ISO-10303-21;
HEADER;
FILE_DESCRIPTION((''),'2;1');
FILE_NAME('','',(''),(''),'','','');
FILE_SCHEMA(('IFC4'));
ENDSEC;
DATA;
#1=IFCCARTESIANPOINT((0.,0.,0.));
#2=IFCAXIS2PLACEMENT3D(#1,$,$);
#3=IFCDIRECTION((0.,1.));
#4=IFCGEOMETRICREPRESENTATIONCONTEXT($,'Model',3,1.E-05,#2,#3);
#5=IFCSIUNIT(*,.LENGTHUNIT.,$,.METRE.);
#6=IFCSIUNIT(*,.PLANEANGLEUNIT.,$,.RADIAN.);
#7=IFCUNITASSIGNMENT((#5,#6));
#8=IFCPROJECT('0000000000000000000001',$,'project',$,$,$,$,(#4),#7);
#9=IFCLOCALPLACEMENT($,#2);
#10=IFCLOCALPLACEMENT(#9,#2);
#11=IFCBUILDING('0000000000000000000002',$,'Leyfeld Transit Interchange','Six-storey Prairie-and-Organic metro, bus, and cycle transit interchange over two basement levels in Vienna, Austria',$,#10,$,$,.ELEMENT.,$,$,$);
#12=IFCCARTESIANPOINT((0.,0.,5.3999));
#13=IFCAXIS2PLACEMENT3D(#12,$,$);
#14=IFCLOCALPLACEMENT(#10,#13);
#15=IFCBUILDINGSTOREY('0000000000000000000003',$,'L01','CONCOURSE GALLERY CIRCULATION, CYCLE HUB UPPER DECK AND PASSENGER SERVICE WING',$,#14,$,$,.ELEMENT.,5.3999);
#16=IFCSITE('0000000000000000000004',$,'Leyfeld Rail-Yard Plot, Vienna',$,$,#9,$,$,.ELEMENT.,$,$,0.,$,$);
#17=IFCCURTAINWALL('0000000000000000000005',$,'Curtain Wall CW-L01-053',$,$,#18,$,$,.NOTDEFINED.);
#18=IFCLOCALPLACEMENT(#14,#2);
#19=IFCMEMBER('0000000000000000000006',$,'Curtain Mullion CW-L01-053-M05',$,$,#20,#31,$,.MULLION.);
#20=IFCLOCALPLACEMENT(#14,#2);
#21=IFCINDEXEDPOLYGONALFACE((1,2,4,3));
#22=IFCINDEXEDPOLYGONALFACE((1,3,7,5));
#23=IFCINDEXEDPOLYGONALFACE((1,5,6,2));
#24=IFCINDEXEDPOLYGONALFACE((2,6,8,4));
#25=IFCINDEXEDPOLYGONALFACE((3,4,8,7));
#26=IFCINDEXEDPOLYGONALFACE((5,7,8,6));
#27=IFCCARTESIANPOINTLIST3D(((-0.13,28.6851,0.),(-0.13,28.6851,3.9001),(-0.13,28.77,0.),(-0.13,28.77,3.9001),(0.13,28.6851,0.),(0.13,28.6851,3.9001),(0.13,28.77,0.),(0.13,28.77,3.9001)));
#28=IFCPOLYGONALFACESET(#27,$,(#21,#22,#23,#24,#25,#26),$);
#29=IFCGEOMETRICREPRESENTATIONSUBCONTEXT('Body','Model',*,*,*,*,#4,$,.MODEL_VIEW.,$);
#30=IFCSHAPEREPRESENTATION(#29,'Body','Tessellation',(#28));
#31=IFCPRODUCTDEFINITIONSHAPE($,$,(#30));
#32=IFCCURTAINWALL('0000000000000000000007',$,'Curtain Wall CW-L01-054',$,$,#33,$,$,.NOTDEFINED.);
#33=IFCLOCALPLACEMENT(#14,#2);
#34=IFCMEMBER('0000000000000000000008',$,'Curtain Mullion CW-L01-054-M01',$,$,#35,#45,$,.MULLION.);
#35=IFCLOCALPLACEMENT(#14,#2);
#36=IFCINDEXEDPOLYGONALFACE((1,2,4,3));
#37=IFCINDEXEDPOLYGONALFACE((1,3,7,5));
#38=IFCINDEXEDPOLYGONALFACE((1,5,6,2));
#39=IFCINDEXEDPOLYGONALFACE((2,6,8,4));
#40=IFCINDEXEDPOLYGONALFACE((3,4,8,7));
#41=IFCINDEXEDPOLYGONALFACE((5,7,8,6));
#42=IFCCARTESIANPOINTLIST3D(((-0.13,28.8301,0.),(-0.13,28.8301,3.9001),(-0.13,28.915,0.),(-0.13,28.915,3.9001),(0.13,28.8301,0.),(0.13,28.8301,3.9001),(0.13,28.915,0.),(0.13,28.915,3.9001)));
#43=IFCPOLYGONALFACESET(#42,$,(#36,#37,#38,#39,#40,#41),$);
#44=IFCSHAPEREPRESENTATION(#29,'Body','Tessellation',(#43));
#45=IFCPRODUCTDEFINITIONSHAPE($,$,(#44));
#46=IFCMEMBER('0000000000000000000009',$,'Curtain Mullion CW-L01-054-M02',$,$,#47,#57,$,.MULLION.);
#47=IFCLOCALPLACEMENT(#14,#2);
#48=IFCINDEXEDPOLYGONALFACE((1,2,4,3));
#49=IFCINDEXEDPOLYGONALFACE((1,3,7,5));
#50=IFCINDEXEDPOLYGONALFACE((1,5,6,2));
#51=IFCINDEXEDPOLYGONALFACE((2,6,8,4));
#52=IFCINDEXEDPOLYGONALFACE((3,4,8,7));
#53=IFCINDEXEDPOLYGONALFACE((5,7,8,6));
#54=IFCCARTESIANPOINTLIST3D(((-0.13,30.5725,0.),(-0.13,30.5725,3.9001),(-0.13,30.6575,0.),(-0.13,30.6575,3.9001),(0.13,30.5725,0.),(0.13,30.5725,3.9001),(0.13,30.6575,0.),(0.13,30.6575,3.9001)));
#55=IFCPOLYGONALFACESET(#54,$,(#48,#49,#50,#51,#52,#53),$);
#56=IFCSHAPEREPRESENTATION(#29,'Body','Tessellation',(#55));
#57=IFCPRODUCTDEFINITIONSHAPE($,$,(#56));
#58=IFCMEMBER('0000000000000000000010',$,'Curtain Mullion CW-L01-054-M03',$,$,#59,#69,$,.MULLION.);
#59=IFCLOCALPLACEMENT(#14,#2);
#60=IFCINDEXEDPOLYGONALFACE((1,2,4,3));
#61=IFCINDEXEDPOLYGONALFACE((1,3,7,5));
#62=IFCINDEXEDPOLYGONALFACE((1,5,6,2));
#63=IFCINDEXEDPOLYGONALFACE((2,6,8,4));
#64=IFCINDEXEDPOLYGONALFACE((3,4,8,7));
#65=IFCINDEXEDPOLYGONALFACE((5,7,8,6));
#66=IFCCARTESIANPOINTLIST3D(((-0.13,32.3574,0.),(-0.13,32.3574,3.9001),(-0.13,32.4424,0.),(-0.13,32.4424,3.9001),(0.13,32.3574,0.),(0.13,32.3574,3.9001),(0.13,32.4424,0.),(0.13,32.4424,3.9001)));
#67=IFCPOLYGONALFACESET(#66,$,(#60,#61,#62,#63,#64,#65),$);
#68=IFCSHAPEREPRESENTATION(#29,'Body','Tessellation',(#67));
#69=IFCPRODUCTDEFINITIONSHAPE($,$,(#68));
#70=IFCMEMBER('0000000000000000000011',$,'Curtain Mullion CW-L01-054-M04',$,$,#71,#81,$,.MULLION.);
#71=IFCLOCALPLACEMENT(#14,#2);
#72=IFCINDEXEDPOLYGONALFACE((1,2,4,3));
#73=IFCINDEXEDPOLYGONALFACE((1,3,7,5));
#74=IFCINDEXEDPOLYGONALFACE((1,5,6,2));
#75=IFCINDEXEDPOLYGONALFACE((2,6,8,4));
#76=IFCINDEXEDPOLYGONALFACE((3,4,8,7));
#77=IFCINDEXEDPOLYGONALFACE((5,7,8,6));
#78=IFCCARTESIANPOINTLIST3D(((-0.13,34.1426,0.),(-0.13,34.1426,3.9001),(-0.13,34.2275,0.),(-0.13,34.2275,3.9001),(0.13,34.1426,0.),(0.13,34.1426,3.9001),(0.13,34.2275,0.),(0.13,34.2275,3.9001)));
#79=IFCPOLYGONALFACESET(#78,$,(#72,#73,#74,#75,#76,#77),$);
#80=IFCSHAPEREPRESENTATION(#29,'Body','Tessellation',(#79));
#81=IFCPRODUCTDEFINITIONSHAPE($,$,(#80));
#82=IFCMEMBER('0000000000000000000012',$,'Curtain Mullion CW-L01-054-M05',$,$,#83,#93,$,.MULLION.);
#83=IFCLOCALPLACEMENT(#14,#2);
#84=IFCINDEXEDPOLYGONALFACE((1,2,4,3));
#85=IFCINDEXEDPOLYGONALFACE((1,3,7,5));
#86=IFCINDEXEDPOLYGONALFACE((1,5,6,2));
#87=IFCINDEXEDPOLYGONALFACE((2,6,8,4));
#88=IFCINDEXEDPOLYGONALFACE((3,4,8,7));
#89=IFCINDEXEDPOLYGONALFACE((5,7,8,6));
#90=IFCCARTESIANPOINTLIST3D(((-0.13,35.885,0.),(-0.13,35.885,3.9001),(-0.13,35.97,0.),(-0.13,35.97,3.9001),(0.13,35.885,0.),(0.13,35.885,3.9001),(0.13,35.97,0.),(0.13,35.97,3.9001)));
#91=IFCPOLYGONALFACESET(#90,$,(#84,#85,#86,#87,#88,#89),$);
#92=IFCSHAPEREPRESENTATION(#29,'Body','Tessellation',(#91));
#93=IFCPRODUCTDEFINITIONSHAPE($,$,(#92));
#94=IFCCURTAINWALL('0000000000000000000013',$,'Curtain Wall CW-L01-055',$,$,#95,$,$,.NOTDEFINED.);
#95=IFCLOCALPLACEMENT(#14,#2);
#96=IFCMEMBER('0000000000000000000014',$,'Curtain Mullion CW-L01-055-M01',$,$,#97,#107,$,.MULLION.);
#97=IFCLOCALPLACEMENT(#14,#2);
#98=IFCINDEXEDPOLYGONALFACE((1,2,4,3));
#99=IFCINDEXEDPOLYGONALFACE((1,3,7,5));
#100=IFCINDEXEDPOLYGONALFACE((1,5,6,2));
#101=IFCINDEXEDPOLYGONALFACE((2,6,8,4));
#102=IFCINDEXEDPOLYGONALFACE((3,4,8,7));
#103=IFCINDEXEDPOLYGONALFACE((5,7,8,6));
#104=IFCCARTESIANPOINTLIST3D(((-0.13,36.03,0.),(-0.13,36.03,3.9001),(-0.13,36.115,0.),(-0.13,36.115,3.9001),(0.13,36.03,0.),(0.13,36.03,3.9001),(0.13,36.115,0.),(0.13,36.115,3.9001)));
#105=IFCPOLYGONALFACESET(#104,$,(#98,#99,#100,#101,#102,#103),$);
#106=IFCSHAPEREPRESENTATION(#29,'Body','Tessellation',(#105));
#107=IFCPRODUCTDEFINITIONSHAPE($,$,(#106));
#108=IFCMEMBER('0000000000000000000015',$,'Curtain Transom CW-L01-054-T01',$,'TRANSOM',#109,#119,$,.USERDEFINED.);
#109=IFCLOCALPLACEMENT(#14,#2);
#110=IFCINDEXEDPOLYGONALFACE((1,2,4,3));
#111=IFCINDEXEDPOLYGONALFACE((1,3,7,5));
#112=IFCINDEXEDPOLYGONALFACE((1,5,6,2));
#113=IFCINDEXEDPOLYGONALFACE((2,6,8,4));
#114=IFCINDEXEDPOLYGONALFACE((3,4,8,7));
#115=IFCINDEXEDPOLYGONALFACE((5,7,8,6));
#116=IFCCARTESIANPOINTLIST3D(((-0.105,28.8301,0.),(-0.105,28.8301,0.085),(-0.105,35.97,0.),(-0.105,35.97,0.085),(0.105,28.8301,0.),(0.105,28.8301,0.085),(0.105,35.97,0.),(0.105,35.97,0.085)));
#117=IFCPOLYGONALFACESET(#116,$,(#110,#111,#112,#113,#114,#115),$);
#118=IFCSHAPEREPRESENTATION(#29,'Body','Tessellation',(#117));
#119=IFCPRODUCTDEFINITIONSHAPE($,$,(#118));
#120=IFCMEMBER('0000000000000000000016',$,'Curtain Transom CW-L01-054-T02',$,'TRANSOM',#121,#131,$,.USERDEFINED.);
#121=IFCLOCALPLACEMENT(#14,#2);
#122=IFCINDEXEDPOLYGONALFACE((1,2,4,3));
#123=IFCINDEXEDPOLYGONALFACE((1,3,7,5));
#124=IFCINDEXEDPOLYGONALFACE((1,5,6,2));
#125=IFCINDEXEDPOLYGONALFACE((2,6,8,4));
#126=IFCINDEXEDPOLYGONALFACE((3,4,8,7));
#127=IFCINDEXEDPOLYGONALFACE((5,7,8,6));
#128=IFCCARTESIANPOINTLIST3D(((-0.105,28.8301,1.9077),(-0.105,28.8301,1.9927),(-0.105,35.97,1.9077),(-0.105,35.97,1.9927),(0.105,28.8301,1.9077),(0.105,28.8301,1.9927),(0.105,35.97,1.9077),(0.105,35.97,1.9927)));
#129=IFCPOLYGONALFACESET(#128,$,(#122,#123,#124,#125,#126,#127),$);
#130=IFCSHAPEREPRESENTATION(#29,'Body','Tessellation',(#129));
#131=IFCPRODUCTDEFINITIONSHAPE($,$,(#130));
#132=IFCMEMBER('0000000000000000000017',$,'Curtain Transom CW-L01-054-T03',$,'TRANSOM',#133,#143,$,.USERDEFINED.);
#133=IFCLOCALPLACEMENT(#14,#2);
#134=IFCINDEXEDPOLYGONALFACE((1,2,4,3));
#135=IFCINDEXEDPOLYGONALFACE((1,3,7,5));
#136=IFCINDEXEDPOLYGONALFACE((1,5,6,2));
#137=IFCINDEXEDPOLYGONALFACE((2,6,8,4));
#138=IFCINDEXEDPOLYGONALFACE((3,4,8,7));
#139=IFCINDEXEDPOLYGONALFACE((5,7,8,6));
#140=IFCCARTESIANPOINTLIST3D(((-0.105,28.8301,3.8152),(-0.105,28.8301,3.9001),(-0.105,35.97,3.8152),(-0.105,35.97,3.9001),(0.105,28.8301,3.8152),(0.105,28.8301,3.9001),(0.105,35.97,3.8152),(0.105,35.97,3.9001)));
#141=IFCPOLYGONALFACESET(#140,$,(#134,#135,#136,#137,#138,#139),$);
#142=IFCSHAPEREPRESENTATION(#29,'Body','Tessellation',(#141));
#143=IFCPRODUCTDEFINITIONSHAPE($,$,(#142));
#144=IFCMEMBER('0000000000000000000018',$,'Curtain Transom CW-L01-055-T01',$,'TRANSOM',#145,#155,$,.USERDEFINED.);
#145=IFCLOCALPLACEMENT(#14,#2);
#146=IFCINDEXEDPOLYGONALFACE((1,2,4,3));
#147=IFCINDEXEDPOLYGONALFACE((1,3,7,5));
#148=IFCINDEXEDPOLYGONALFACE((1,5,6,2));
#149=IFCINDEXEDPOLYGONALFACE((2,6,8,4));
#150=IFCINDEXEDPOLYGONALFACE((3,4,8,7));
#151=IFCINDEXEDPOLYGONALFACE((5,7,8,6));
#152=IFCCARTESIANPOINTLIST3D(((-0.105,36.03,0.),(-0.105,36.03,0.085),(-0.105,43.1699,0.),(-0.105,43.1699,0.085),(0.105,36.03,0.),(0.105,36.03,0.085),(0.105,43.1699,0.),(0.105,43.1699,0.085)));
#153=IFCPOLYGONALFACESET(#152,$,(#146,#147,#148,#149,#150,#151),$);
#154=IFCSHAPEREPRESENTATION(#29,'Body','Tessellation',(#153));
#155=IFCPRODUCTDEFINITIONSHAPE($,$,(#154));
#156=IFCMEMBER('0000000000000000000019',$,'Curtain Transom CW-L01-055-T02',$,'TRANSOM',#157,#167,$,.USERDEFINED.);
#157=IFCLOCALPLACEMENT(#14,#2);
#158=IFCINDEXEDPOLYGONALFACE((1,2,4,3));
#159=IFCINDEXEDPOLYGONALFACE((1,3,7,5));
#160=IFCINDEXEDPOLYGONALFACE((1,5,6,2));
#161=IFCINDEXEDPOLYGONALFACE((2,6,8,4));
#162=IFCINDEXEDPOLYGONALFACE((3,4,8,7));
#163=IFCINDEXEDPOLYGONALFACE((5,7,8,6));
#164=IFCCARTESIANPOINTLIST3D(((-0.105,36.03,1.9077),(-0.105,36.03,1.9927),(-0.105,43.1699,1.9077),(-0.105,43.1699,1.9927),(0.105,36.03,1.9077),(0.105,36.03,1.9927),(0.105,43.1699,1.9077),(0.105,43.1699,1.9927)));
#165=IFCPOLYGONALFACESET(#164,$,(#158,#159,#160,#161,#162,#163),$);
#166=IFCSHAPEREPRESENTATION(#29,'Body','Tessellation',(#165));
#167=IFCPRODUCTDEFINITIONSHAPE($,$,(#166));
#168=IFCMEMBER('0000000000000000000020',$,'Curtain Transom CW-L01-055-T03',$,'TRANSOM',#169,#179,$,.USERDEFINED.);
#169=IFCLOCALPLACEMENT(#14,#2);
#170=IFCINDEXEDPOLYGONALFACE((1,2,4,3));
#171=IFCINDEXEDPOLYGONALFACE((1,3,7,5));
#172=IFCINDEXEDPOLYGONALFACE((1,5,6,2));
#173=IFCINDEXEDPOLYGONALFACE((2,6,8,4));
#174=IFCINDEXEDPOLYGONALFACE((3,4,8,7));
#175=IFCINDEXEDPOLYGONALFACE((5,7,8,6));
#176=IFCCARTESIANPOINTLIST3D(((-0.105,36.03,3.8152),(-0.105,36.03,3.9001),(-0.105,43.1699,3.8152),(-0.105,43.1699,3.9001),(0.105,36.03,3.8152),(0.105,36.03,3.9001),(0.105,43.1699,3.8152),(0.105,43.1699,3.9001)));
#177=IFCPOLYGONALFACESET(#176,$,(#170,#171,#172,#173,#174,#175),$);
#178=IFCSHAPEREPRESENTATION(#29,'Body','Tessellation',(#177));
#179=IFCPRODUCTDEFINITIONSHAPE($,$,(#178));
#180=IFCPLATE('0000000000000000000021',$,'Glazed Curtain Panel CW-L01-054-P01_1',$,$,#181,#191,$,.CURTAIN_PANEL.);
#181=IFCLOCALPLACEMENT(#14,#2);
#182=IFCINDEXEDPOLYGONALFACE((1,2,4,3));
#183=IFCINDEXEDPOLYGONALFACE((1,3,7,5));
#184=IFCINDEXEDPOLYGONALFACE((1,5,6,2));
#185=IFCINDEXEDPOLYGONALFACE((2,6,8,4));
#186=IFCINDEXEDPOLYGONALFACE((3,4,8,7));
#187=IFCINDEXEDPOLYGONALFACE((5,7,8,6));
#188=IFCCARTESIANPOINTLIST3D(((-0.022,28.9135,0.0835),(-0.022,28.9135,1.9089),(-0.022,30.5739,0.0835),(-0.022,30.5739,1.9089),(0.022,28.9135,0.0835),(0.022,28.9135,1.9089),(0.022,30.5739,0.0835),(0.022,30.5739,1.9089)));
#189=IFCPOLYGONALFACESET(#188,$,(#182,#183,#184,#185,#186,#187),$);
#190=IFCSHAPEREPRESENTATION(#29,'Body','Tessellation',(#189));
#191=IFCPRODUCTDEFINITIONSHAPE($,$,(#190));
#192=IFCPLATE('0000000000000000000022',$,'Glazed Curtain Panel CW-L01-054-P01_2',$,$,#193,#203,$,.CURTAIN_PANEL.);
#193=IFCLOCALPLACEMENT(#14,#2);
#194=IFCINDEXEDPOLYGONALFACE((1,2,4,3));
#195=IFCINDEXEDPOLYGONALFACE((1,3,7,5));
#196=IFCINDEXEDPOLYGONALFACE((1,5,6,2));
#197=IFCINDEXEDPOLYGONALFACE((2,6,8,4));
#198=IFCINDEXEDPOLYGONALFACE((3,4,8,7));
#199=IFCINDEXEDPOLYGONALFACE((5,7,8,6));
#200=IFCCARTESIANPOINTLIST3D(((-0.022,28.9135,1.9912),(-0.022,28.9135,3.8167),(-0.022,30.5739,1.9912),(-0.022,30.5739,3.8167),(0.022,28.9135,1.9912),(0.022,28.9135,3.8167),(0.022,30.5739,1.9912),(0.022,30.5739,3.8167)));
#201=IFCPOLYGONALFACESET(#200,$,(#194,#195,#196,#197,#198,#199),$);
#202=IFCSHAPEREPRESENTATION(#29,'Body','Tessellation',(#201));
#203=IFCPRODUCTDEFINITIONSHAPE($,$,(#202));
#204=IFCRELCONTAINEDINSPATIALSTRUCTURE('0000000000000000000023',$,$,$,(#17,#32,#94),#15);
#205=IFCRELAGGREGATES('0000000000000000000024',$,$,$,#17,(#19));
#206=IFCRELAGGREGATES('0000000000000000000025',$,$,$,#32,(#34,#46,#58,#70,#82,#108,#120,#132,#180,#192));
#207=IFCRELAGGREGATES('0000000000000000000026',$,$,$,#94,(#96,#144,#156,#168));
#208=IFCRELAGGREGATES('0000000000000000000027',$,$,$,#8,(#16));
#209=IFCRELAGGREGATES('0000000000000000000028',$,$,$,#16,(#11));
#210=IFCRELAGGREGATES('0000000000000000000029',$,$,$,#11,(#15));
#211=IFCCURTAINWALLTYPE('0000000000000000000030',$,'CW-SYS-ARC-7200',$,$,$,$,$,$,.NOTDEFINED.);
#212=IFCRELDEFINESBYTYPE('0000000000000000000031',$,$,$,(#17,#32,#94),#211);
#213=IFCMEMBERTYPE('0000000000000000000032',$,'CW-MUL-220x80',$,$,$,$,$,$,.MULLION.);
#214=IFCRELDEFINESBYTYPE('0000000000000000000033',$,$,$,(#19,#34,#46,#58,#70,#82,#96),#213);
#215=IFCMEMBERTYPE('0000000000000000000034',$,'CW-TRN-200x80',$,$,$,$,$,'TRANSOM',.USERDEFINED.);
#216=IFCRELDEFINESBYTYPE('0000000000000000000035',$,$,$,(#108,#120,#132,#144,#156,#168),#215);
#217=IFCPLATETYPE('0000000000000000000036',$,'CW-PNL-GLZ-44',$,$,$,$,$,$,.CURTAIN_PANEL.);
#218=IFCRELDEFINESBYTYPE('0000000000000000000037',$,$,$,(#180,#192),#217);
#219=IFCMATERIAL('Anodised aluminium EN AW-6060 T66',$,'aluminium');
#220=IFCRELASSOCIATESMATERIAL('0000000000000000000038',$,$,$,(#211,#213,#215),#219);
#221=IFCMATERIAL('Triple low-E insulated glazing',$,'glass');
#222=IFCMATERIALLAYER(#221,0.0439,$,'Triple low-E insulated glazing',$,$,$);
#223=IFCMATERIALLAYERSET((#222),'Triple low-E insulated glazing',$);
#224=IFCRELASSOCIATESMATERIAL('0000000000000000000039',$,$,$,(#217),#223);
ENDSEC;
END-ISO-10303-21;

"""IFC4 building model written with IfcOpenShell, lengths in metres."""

from ifc_helpers import new_model, si_unit, direction, frame, origin, origin_2d, place, context, subcontext, project, spatial, rectangle, extrude, material, layer, layer_set, material_profile, profile_set, type_object, element, aggregate, save


model = new_model("IFC4")

# Units and contexts
model_context = context("Model", 3, precision=1e-05, world=origin(), true_north=direction((0.0, 1.0)))
body_context = subcontext(model_context, "Body", "Model", "MODEL_VIEW")
ifc_project = project(units=[si_unit("LENGTHUNIT", "METRE"), si_unit("PLANEANGLEUNIT", "RADIAN")], contexts=[model_context])

# Site, building, storey
site_placement = place(None, origin())
site = spatial("IfcSite", under=ifc_project, at=site_placement, Name="Leyfeld Rail-Yard Plot, Vienna", CompositionType="ELEMENT", RefElevation=0.0)
building_placement = place(site_placement, origin())
building = spatial("IfcBuilding", under=site, at=building_placement, Name="Leyfeld Transit Interchange", Description="Six-storey Prairie-and-Organic metro, bus, and cycle transit interchange over two basement levels in Vienna, Austria", CompositionType="ELEMENT")
storey_placement = place(building_placement, frame((0.0, 0.0, 5.3999)))
storey = spatial("IfcBuildingStorey", under=building, at=storey_placement, Name="L01", Description="CONCOURSE GALLERY CIRCULATION, CYCLE HUB UPPER DECK AND PASSENGER SERVICE WING", CompositionType="ELEMENT", Elevation=5.3999)

# Curtain wall, member
ifc_material_1 = material(Name="Anodised aluminium EN AW-6060 T66", Category="aluminium")
curtain_wall_type = type_object("IfcCurtainWallType", Name="CW-SYS-ARC-7200", PredefinedType="NOTDEFINED", material=ifc_material_1)
curtain_wall_1_placement = place(storey_placement, origin())
curtain_wall_1 = element("IfcCurtainWall", 1, at=curtain_wall_1_placement, inside=storey, type_object=curtain_wall_type, Name="Curtain Wall CW-L01-053", PredefinedType="NOTDEFINED")
ifc_material_profile_1 = material_profile(ifc_material_1, rectangle(XDim=0.085, YDim=0.26, at=origin_2d()), Name="CW-M 85x260")
ifc_profile_set_1 = profile_set([ifc_material_profile_1], Name="Anodised aluminium EN AW-6060 T66")
member_type_1 = type_object("IfcMemberType", Name="CW-MUL-220x80", PredefinedType="MULLION", material=ifc_profile_set_1)
member_1_placement = place(storey_placement, frame((0.0, 28.7275, 0.0), z_axis=(0.0, 0.0, 1.0), x_axis=(0.0, 1.0, 0.0)))
member_1 = element("IfcMember", 2, at=member_1_placement, type_object=member_type_1, Name="Curtain Mullion CW-L01-053-M05", PredefinedType="MULLION", context=body_context, shape_type="SweptSolid", body=[
    extrude(rectangle(XDim=0.085, YDim=0.26, at=origin_2d()), origin(), (0.0, 0.0, 1.0), 3.9001),
])
aggregate(curtain_wall_1, [member_1])

# Curtain wall, members
curtain_wall_2_placement = place(storey_placement, origin())
curtain_wall_2 = element("IfcCurtainWall", 3, at=curtain_wall_2_placement, inside=storey, type_object=curtain_wall_type, Name="Curtain Wall CW-L01-054", PredefinedType="NOTDEFINED")
member_2_placement = place(storey_placement, frame((0.0, 28.8726, 0.0), z_axis=(0.0, 0.0, 1.0), x_axis=(0.0, 1.0, 0.0)))
member_2 = element("IfcMember", 4, at=member_2_placement, type_object=member_type_1, Name="Curtain Mullion CW-L01-054-M01", PredefinedType="MULLION", context=body_context, shape_type="SweptSolid", body=[
    extrude(rectangle(XDim=0.085, YDim=0.26, at=origin_2d()), origin(), (0.0, 0.0, 1.0), 3.9001),
])
member_3_placement = place(storey_placement, frame((0.0, 30.615, 0.0), z_axis=(0.0, 0.0, 1.0), x_axis=(0.0, 1.0, 0.0)))
member_3 = element("IfcMember", 5, at=member_3_placement, type_object=member_type_1, Name="Curtain Mullion CW-L01-054-M02", PredefinedType="MULLION", context=body_context, shape_type="SweptSolid", body=[
    extrude(rectangle(XDim=0.085, YDim=0.26, at=origin_2d()), origin(), (0.0, 0.0, 1.0), 3.9001),
])
member_4_placement = place(storey_placement, frame((0.0, 32.3999, 0.0), z_axis=(0.0, 0.0, 1.0), x_axis=(0.0, 1.0, 0.0)))
member_4 = element("IfcMember", 6, at=member_4_placement, type_object=member_type_1, Name="Curtain Mullion CW-L01-054-M03", PredefinedType="MULLION", context=body_context, shape_type="SweptSolid", body=[
    extrude(rectangle(XDim=0.085, YDim=0.26, at=origin_2d()), origin(), (0.0, 0.0, 1.0), 3.9001),
])
member_5_placement = place(storey_placement, frame((0.0, 34.1851, 0.0), z_axis=(0.0, 0.0, 1.0), x_axis=(0.0, 1.0, 0.0)))
member_5 = element("IfcMember", 7, at=member_5_placement, type_object=member_type_1, Name="Curtain Mullion CW-L01-054-M04", PredefinedType="MULLION", context=body_context, shape_type="SweptSolid", body=[
    extrude(rectangle(XDim=0.085, YDim=0.26, at=origin_2d()), origin(), (0.0, 0.0, 1.0), 3.9001),
])
member_6_placement = place(storey_placement, frame((0.0, 35.9275, 0.0), z_axis=(0.0, 0.0, 1.0), x_axis=(0.0, 1.0, 0.0)))
member_6 = element("IfcMember", 8, at=member_6_placement, type_object=member_type_1, Name="Curtain Mullion CW-L01-054-M05", PredefinedType="MULLION", context=body_context, shape_type="SweptSolid", body=[
    extrude(rectangle(XDim=0.085, YDim=0.26, at=origin_2d()), origin(), (0.0, 0.0, 1.0), 3.9001),
])

# Curtain wall, member
curtain_wall_3_placement = place(storey_placement, origin())
curtain_wall_3 = element("IfcCurtainWall", 9, at=curtain_wall_3_placement, inside=storey, type_object=curtain_wall_type, Name="Curtain Wall CW-L01-055", PredefinedType="NOTDEFINED")
member_7_placement = place(storey_placement, frame((0.0, 36.0725, 0.0), z_axis=(0.0, 0.0, 1.0), x_axis=(0.0, 1.0, 0.0)))
member_7 = element("IfcMember", 10, at=member_7_placement, type_object=member_type_1, Name="Curtain Mullion CW-L01-055-M01", PredefinedType="MULLION", context=body_context, shape_type="SweptSolid", body=[
    extrude(rectangle(XDim=0.085, YDim=0.26, at=origin_2d()), origin(), (0.0, 0.0, 1.0), 3.9001),
])

# Members
ifc_material_profile_2 = material_profile(ifc_material_1, rectangle(XDim=0.21, YDim=0.085, at=origin_2d()), Name="CW-TRN-200x80")
ifc_profile_set_2 = profile_set([ifc_material_profile_2], Name="Anodised aluminium EN AW-6060 T66")
member_type_2 = type_object("IfcMemberType", Name="CW-TRN-200x80", ElementType="TRANSOM", PredefinedType="USERDEFINED", material=ifc_profile_set_2)
member_8_placement = place(storey_placement, frame((0.0, 28.8301, 0.0425), z_axis=(0.0, 1.0, 0.0), x_axis=(-1.0, 0.0, 0.0)))
member_8 = element("IfcMember", 11, at=member_8_placement, type_object=member_type_2, Name="Curtain Transom CW-L01-054-T01", ObjectType="TRANSOM", PredefinedType="USERDEFINED", context=body_context, shape_type="SweptSolid", body=[
    extrude(rectangle(XDim=0.21, YDim=0.085, at=origin_2d()), origin(), (0.0, 0.0, 1.0), 7.1399),
])
member_9_placement = place(storey_placement, frame((0.0, 28.8301, 1.9502), z_axis=(0.0, 1.0, 0.0), x_axis=(-1.0, 0.0, 0.0)))
member_9 = element("IfcMember", 12, at=member_9_placement, type_object=member_type_2, Name="Curtain Transom CW-L01-054-T02", ObjectType="TRANSOM", PredefinedType="USERDEFINED", context=body_context, shape_type="SweptSolid", body=[
    extrude(rectangle(XDim=0.21, YDim=0.085, at=origin_2d()), origin(), (0.0, 0.0, 1.0), 7.1399),
])
member_10_placement = place(storey_placement, frame((0.0, 28.8301, 3.8577), z_axis=(0.0, 1.0, 0.0), x_axis=(-1.0, 0.0, 0.0)))
member_10 = element("IfcMember", 13, at=member_10_placement, type_object=member_type_2, Name="Curtain Transom CW-L01-054-T03", ObjectType="TRANSOM", PredefinedType="USERDEFINED", context=body_context, shape_type="SweptSolid", body=[
    extrude(rectangle(XDim=0.21, YDim=0.085, at=origin_2d()), origin(), (0.0, 0.0, 1.0), 7.1399),
])
member_11_placement = place(storey_placement, frame((0.0, 36.03, 0.0425), z_axis=(0.0, 1.0, 0.0), x_axis=(-1.0, 0.0, 0.0)))
member_11 = element("IfcMember", 14, at=member_11_placement, type_object=member_type_2, Name="Curtain Transom CW-L01-055-T01", ObjectType="TRANSOM", PredefinedType="USERDEFINED", context=body_context, shape_type="SweptSolid", body=[
    extrude(rectangle(XDim=0.21, YDim=0.085, at=origin_2d()), origin(), (0.0, 0.0, 1.0), 7.1399),
])
member_12_placement = place(storey_placement, frame((0.0, 36.03, 1.9502), z_axis=(0.0, 1.0, 0.0), x_axis=(-1.0, 0.0, 0.0)))
member_12 = element("IfcMember", 15, at=member_12_placement, type_object=member_type_2, Name="Curtain Transom CW-L01-055-T02", ObjectType="TRANSOM", PredefinedType="USERDEFINED", context=body_context, shape_type="SweptSolid", body=[
    extrude(rectangle(XDim=0.21, YDim=0.085, at=origin_2d()), origin(), (0.0, 0.0, 1.0), 7.1399),
])
member_13_placement = place(storey_placement, frame((0.0, 36.03, 3.8577), z_axis=(0.0, 1.0, 0.0), x_axis=(-1.0, 0.0, 0.0)))
member_13 = element("IfcMember", 16, at=member_13_placement, type_object=member_type_2, Name="Curtain Transom CW-L01-055-T03", ObjectType="TRANSOM", PredefinedType="USERDEFINED", context=body_context, shape_type="SweptSolid", body=[
    extrude(rectangle(XDim=0.21, YDim=0.085, at=origin_2d()), origin(), (0.0, 0.0, 1.0), 7.1399),
])

# Plates
ifc_material_2 = material(Name="Triple low-E insulated glazing", Category="glass")
ifc_layer = layer(ifc_material_2, 0.0439, Name="Triple low-E insulated glazing")
ifc_layer_set = layer_set([ifc_layer], Name="Triple low-E insulated glazing")
plate_type = type_object("IfcPlateType", Name="CW-PNL-GLZ-44", PredefinedType="CURTAIN_PANEL", material=ifc_layer_set)
plate_1_placement = place(storey_placement, frame((0.0, 29.7437, 0.0835), z_axis=(0.0, 0.0, 1.0), x_axis=(0.0, 1.0, 0.0)))
plate_1 = element("IfcPlate", 17, at=plate_1_placement, type_object=plate_type, Name="Glazed Curtain Panel CW-L01-054-P01_1", PredefinedType="CURTAIN_PANEL", context=body_context, shape_type="SweptSolid", body=[
    extrude(rectangle(XDim=1.6604, YDim=0.0439, at=origin_2d()), origin(), (0.0, 0.0, 1.0), 1.8254),
])
plate_2_placement = place(storey_placement, frame((0.0, 29.7437, 1.9912), z_axis=(0.0, 0.0, 1.0), x_axis=(0.0, 1.0, 0.0)))
plate_2 = element("IfcPlate", 18, at=plate_2_placement, type_object=plate_type, Name="Glazed Curtain Panel CW-L01-054-P01_2", PredefinedType="CURTAIN_PANEL", context=body_context, shape_type="SweptSolid", body=[
    extrude(rectangle(XDim=1.6604, YDim=0.0439, at=origin_2d()), origin(), (0.0, 0.0, 1.0), 1.8254),
])
aggregate(curtain_wall_2, [member_2, member_3, member_4, member_5, member_6, member_8, member_9, member_10, plate_1, plate_2])
aggregate(curtain_wall_3, [member_7, member_11, member_12, member_13])

save(model, "model.ifc")
